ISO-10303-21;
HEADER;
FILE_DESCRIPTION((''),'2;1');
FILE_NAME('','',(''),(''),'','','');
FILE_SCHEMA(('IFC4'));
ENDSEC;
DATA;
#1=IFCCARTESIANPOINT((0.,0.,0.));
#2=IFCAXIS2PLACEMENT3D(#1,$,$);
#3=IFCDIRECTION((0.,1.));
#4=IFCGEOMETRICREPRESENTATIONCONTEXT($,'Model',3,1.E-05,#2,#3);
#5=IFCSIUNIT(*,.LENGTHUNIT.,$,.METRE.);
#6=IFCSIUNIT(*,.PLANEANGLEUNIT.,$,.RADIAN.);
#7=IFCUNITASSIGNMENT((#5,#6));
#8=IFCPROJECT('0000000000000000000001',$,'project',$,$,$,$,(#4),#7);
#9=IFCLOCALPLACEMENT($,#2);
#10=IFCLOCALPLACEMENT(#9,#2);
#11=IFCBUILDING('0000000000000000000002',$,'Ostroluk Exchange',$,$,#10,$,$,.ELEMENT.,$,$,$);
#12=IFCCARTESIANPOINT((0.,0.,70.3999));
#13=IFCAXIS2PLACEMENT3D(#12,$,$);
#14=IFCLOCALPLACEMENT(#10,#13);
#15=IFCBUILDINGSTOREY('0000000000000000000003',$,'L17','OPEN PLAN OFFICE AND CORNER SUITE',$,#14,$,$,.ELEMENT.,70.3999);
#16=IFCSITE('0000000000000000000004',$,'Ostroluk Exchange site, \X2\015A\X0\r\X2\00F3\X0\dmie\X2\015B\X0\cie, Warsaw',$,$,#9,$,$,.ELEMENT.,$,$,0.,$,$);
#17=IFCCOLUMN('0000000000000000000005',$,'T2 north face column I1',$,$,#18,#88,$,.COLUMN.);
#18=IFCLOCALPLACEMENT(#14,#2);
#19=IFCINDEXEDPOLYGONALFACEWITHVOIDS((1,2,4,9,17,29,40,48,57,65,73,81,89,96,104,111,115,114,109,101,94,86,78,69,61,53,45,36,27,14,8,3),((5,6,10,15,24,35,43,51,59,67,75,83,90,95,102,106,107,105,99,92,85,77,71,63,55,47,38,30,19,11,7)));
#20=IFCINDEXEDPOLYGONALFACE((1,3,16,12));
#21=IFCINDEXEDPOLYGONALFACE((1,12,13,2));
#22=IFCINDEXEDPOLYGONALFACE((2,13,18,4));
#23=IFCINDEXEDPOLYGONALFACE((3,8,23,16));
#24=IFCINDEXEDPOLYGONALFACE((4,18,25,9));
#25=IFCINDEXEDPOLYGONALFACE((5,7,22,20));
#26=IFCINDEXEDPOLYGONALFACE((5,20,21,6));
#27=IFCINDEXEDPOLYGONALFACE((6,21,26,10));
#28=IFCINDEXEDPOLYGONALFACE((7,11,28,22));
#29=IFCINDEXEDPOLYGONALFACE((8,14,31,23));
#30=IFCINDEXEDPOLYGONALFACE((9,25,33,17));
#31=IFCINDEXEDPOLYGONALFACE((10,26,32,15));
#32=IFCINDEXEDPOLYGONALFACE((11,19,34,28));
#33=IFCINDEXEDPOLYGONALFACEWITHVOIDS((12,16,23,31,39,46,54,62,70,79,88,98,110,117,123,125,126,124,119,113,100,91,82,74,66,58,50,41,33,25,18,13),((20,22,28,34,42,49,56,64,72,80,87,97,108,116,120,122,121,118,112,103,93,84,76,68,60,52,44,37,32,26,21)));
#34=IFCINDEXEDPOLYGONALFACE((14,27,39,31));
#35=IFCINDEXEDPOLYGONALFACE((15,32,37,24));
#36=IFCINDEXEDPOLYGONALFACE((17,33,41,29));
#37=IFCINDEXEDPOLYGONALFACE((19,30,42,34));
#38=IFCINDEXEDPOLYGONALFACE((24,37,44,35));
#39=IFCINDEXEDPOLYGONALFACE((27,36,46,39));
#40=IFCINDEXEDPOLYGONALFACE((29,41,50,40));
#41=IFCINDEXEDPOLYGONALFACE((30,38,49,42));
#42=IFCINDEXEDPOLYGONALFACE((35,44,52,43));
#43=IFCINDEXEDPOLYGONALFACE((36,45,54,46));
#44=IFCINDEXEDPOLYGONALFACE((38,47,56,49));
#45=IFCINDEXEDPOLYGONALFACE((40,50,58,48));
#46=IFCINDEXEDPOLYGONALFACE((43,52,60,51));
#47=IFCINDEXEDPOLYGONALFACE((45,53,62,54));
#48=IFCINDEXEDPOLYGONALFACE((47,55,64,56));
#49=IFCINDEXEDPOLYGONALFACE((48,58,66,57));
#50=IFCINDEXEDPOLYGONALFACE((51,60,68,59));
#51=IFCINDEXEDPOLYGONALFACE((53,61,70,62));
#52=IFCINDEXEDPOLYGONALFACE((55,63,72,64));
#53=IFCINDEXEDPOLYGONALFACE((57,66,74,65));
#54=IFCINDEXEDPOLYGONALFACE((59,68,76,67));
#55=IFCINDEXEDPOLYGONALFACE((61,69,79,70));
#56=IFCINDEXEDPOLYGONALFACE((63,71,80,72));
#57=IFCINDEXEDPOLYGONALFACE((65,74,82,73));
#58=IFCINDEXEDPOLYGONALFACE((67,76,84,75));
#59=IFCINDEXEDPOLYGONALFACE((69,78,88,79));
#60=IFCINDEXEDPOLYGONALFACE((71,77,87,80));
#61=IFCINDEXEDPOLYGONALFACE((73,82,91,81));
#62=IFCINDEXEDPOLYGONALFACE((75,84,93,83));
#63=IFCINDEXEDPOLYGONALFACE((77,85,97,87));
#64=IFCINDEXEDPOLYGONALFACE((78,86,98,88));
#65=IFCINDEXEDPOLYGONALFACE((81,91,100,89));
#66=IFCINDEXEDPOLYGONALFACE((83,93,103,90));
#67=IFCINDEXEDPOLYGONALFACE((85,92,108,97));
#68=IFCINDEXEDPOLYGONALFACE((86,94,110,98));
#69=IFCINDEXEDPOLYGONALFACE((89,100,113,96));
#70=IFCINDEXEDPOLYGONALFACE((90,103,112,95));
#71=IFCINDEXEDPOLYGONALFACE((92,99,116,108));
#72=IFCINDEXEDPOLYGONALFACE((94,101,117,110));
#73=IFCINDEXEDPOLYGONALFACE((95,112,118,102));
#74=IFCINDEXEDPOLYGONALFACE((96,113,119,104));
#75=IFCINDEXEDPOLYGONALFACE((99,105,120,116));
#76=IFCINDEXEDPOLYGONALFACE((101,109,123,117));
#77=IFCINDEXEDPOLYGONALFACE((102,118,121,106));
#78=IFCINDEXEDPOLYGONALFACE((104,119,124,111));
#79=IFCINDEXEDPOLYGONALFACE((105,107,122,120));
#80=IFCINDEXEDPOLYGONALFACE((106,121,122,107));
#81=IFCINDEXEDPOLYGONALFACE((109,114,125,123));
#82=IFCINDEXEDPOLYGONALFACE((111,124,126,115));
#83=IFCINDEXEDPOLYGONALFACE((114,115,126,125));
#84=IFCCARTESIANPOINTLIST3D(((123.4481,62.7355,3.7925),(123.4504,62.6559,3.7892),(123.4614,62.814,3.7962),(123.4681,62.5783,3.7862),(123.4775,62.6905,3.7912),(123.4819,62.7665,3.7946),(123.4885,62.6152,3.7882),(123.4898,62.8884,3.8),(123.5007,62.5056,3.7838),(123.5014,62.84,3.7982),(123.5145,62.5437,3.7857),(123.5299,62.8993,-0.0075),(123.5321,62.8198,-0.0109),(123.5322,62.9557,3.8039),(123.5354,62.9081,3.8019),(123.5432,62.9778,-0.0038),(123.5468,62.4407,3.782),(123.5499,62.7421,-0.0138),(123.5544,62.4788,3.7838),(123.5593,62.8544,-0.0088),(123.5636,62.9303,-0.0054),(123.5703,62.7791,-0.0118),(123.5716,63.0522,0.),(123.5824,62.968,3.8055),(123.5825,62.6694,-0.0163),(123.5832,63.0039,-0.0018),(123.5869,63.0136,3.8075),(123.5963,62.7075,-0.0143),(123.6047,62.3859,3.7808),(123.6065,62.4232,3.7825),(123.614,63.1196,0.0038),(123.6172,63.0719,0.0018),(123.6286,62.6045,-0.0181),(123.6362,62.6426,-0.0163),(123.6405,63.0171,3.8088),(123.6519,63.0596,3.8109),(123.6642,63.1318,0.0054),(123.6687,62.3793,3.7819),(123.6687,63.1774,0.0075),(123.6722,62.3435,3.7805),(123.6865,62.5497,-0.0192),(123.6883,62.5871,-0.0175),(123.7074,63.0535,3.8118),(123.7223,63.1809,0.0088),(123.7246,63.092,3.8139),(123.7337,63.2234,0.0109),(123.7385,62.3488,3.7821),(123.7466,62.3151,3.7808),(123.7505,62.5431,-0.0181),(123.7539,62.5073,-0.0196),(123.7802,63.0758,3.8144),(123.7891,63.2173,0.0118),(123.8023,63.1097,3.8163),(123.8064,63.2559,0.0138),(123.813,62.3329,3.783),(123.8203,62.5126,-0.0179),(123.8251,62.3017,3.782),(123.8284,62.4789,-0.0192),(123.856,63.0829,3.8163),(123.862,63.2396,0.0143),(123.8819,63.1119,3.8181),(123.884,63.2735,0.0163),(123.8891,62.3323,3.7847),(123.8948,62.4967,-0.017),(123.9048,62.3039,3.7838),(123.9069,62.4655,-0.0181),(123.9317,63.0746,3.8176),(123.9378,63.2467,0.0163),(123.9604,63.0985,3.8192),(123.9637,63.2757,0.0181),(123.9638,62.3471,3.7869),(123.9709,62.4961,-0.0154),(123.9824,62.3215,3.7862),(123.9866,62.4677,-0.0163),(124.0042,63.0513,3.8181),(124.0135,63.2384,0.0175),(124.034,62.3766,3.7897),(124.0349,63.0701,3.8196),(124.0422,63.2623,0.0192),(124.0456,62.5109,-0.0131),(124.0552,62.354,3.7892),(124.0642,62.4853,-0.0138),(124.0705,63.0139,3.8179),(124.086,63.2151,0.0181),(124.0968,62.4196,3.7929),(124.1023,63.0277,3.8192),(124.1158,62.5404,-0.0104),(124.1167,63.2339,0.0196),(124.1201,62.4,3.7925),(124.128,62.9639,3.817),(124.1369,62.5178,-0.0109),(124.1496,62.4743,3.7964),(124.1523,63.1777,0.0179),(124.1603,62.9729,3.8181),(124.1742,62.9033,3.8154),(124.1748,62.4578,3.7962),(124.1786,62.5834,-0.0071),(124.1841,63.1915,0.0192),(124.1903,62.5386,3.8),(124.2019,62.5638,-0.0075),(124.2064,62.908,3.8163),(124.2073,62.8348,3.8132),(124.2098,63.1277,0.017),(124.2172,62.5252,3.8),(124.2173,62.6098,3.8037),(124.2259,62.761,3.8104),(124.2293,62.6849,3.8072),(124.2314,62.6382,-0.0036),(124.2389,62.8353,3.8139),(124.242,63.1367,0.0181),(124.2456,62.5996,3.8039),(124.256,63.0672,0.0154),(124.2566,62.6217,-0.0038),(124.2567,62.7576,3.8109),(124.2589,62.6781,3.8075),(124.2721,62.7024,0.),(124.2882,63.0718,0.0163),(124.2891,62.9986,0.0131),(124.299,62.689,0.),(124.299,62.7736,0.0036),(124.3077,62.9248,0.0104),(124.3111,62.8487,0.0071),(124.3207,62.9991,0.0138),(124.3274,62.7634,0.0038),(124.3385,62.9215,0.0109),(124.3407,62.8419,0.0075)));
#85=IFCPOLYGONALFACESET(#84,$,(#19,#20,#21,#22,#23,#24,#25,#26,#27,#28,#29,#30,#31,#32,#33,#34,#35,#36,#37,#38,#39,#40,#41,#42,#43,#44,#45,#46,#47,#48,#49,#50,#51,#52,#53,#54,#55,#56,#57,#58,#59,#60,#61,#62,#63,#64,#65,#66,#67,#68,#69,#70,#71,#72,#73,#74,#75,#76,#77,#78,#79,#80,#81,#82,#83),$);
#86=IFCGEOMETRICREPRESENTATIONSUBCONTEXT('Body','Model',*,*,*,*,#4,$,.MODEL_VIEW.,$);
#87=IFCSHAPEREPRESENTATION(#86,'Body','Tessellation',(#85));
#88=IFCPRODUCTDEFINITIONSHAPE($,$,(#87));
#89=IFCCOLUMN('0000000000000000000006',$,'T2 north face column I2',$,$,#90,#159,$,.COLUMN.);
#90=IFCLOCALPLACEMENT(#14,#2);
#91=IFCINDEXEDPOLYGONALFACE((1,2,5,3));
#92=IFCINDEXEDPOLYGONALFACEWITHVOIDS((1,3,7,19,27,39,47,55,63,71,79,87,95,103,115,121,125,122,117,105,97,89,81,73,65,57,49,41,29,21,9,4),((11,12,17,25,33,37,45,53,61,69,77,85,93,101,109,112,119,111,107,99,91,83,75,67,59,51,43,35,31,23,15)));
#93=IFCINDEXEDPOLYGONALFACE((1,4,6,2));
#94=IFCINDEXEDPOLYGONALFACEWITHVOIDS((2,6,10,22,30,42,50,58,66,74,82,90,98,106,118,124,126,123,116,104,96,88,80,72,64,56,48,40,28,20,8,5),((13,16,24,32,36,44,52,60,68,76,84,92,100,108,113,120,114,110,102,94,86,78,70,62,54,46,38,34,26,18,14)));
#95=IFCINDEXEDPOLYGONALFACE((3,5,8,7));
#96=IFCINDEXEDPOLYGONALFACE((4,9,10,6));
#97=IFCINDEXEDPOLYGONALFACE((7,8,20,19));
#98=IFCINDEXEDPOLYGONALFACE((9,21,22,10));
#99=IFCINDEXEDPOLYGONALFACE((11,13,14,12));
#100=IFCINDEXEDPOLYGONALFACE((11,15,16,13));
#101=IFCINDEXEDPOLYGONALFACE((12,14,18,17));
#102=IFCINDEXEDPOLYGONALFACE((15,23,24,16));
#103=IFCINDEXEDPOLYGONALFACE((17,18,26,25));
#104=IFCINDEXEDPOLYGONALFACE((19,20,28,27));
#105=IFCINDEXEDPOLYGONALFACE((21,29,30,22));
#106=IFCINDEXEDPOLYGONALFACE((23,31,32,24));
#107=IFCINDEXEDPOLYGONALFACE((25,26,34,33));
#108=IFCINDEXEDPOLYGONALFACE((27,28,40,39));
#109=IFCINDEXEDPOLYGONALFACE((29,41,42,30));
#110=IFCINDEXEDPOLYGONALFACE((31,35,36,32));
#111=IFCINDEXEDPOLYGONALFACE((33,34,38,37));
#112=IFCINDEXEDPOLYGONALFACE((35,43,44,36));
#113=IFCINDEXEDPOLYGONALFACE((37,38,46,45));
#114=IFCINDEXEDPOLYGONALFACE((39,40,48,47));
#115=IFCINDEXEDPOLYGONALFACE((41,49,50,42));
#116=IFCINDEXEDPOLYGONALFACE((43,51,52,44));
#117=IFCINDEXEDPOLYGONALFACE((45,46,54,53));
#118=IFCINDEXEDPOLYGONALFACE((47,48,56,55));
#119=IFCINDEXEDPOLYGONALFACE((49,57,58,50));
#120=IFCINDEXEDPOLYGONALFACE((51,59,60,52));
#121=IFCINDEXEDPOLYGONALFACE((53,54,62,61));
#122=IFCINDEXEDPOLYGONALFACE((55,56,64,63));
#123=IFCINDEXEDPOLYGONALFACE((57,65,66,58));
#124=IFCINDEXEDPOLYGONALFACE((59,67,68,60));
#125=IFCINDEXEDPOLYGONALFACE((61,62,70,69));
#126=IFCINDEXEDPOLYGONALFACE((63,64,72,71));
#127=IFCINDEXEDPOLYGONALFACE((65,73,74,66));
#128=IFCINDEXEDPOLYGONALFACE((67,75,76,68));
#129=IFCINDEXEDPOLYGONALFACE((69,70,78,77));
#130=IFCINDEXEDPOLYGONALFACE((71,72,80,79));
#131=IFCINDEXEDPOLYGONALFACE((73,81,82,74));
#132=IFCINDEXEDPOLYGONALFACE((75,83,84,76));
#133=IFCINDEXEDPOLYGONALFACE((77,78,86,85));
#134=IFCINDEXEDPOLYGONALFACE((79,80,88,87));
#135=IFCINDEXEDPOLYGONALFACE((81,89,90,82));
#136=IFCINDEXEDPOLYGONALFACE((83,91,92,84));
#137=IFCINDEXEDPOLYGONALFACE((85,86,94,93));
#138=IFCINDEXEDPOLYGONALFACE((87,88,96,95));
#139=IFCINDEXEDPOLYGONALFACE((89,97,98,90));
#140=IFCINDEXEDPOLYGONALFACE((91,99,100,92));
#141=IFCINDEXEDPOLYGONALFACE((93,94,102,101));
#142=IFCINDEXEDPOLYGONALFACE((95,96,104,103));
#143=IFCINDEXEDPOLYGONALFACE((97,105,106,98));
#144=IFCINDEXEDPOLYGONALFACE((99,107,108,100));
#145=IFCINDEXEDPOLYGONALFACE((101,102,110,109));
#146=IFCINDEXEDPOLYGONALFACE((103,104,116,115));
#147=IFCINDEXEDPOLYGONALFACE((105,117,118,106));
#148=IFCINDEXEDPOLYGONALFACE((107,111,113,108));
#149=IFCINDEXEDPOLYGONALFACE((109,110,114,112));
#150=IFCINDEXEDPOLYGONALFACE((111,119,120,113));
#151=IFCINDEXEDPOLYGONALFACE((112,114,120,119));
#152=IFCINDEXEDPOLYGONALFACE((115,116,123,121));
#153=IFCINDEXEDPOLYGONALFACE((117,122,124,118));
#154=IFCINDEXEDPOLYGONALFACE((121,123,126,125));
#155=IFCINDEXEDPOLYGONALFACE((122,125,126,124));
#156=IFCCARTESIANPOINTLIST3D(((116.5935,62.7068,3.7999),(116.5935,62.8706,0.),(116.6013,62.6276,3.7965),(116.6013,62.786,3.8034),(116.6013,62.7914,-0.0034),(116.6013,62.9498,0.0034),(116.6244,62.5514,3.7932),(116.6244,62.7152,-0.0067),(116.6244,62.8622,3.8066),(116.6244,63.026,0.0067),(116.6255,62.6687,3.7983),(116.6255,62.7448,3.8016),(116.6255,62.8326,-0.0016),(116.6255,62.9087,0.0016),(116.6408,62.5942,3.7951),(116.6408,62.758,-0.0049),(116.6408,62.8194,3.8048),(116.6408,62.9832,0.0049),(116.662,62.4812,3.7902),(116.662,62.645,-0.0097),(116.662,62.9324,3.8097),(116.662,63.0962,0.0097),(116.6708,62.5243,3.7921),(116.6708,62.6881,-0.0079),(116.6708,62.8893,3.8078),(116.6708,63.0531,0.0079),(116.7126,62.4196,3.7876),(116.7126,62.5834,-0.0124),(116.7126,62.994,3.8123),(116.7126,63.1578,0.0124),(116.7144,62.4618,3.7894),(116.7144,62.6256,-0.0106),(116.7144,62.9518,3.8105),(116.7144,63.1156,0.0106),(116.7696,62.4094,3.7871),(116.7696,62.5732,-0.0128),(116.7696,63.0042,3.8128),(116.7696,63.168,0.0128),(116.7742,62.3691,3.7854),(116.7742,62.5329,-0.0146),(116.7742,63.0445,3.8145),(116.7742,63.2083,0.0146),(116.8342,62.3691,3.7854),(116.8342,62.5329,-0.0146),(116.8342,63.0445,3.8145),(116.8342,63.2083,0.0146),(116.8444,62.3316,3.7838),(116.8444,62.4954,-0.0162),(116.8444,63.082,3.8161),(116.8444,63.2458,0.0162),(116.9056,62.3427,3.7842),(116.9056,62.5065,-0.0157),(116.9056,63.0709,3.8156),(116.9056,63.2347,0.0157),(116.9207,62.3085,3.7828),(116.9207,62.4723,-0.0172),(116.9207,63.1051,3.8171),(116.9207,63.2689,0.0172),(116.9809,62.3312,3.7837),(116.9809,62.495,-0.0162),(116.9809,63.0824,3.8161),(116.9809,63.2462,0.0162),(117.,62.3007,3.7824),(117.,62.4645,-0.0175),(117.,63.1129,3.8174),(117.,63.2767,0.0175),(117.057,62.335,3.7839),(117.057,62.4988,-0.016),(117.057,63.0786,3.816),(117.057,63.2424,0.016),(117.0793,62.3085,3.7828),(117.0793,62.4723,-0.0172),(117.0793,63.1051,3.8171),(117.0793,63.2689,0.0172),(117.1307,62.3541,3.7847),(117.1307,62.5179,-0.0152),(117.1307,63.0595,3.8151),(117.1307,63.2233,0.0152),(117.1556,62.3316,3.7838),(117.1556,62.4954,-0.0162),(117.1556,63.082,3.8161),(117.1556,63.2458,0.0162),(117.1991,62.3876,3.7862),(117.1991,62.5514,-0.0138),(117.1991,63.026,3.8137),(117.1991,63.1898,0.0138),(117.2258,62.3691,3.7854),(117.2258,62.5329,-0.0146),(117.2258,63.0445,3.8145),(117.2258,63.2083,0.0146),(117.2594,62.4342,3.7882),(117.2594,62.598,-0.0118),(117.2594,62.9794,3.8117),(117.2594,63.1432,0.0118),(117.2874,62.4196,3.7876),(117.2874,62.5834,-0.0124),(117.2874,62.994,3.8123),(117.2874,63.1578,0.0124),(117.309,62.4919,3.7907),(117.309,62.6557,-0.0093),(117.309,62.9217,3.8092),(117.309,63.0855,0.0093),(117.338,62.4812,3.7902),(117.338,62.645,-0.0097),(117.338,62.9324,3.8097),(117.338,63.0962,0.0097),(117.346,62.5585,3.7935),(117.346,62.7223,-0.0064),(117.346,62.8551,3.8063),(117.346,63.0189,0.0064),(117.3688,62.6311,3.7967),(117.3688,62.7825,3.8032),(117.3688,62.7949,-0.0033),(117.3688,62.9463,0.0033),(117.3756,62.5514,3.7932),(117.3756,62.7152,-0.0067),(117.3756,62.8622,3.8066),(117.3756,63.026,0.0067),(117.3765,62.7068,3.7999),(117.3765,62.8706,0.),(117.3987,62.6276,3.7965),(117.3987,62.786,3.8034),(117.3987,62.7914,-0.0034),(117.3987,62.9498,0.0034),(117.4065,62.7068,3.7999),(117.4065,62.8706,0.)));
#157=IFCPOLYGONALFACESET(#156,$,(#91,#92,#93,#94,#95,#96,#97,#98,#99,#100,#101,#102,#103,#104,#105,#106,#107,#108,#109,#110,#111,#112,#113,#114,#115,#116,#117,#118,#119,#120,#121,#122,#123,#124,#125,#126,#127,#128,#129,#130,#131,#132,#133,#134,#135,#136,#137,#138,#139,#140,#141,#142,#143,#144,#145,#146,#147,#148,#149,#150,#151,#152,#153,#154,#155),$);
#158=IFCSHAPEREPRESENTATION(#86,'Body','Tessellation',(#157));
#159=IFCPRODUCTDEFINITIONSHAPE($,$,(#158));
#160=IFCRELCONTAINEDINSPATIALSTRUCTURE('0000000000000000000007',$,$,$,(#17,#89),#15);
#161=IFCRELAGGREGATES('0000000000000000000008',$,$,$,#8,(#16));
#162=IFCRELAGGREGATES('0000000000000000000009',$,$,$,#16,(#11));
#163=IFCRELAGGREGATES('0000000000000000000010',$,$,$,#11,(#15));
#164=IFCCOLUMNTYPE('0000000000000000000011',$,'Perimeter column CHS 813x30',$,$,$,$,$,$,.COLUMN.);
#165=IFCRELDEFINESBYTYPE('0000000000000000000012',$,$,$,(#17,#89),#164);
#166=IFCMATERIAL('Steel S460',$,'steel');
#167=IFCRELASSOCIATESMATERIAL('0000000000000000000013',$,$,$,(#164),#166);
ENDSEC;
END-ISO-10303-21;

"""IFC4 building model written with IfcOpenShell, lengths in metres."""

from ifc_helpers import new_model, si_unit, direction, frame, origin, origin_2d, place, context, subcontext, project, spatial, hollow_circle, extrude, material, material_profile, profile_set, type_object, element, save


model = new_model("IFC4")

# Units and contexts
model_context = context("Model", 3, precision=1e-05, world=origin(), true_north=direction((0.0, 1.0)))
body_context = subcontext(model_context, "Body", "Model", "MODEL_VIEW")
ifc_project = project(units=[si_unit("LENGTHUNIT", "METRE"), si_unit("PLANEANGLEUNIT", "RADIAN")], contexts=[model_context])

# Site, building, storey
site_placement = place(None, origin())
site = spatial("IfcSite", under=ifc_project, at=site_placement, Name="Ostroluk Exchange site, Śródmieście, Warsaw", CompositionType="ELEMENT", RefElevation=0.0)
building_placement = place(site_placement, origin())
building = spatial("IfcBuilding", under=site, at=building_placement, Name="Ostroluk Exchange", CompositionType="ELEMENT")
storey_placement = place(building_placement, frame((0.0, 0.0, 70.3999)))
storey = spatial("IfcBuildingStorey", under=building, at=storey_placement, Name="L17", Description="OPEN PLAN OFFICE AND CORNER SUITE", CompositionType="ELEMENT", Elevation=70.3999)

# Columns
ifc_material_1 = material(Name="Steel S460", Category="steel")
ifc_material_profile_1 = material_profile(ifc_material_1, hollow_circle(Radius=0.4065, WallThickness=0.03, at=origin_2d()), Name="CHS 813x30")
ifc_profile_set_1 = profile_set([ifc_material_profile_1], Name="Steel S460")
column_type = type_object("IfcColumnType", Name="Perimeter column CHS 813x30", PredefinedType="COLUMN", material=ifc_profile_set_1)
column_1_placement = place(storey_placement, frame((123.9353, 62.8706, 0.0), z_axis=(-0.021498, -0.04306, 0.998841), x_axis=(0.894694, -0.44668, 0.0)))
element("IfcColumn", 1, at=column_1_placement, inside=storey, type_object=column_type, Name="T2 north face column I1", PredefinedType="COLUMN", context=body_context, shape_type="SweptSolid", body=[
    extrude(hollow_circle(Radius=0.4065, WallThickness=0.03, at=origin_2d()), origin(), (0.0, 0.0, 1.0), 3.8044),
])
column_2_placement = place(storey_placement, frame((117.0, 62.8706, 0.0), z_axis=(0.0, -0.04307, 0.999072), x_axis=(1.0, 0.0, 0.0)))
element("IfcColumn", 2, at=column_2_placement, inside=storey, type_object=column_type, Name="T2 north face column I2", PredefinedType="COLUMN", context=body_context, shape_type="SweptSolid", body=[
    extrude(hollow_circle(Radius=0.4065, WallThickness=0.03, at=origin_2d()), origin(), (0.0, 0.0, 1.0), 3.8035),
])

save(model, "model.ifc")
